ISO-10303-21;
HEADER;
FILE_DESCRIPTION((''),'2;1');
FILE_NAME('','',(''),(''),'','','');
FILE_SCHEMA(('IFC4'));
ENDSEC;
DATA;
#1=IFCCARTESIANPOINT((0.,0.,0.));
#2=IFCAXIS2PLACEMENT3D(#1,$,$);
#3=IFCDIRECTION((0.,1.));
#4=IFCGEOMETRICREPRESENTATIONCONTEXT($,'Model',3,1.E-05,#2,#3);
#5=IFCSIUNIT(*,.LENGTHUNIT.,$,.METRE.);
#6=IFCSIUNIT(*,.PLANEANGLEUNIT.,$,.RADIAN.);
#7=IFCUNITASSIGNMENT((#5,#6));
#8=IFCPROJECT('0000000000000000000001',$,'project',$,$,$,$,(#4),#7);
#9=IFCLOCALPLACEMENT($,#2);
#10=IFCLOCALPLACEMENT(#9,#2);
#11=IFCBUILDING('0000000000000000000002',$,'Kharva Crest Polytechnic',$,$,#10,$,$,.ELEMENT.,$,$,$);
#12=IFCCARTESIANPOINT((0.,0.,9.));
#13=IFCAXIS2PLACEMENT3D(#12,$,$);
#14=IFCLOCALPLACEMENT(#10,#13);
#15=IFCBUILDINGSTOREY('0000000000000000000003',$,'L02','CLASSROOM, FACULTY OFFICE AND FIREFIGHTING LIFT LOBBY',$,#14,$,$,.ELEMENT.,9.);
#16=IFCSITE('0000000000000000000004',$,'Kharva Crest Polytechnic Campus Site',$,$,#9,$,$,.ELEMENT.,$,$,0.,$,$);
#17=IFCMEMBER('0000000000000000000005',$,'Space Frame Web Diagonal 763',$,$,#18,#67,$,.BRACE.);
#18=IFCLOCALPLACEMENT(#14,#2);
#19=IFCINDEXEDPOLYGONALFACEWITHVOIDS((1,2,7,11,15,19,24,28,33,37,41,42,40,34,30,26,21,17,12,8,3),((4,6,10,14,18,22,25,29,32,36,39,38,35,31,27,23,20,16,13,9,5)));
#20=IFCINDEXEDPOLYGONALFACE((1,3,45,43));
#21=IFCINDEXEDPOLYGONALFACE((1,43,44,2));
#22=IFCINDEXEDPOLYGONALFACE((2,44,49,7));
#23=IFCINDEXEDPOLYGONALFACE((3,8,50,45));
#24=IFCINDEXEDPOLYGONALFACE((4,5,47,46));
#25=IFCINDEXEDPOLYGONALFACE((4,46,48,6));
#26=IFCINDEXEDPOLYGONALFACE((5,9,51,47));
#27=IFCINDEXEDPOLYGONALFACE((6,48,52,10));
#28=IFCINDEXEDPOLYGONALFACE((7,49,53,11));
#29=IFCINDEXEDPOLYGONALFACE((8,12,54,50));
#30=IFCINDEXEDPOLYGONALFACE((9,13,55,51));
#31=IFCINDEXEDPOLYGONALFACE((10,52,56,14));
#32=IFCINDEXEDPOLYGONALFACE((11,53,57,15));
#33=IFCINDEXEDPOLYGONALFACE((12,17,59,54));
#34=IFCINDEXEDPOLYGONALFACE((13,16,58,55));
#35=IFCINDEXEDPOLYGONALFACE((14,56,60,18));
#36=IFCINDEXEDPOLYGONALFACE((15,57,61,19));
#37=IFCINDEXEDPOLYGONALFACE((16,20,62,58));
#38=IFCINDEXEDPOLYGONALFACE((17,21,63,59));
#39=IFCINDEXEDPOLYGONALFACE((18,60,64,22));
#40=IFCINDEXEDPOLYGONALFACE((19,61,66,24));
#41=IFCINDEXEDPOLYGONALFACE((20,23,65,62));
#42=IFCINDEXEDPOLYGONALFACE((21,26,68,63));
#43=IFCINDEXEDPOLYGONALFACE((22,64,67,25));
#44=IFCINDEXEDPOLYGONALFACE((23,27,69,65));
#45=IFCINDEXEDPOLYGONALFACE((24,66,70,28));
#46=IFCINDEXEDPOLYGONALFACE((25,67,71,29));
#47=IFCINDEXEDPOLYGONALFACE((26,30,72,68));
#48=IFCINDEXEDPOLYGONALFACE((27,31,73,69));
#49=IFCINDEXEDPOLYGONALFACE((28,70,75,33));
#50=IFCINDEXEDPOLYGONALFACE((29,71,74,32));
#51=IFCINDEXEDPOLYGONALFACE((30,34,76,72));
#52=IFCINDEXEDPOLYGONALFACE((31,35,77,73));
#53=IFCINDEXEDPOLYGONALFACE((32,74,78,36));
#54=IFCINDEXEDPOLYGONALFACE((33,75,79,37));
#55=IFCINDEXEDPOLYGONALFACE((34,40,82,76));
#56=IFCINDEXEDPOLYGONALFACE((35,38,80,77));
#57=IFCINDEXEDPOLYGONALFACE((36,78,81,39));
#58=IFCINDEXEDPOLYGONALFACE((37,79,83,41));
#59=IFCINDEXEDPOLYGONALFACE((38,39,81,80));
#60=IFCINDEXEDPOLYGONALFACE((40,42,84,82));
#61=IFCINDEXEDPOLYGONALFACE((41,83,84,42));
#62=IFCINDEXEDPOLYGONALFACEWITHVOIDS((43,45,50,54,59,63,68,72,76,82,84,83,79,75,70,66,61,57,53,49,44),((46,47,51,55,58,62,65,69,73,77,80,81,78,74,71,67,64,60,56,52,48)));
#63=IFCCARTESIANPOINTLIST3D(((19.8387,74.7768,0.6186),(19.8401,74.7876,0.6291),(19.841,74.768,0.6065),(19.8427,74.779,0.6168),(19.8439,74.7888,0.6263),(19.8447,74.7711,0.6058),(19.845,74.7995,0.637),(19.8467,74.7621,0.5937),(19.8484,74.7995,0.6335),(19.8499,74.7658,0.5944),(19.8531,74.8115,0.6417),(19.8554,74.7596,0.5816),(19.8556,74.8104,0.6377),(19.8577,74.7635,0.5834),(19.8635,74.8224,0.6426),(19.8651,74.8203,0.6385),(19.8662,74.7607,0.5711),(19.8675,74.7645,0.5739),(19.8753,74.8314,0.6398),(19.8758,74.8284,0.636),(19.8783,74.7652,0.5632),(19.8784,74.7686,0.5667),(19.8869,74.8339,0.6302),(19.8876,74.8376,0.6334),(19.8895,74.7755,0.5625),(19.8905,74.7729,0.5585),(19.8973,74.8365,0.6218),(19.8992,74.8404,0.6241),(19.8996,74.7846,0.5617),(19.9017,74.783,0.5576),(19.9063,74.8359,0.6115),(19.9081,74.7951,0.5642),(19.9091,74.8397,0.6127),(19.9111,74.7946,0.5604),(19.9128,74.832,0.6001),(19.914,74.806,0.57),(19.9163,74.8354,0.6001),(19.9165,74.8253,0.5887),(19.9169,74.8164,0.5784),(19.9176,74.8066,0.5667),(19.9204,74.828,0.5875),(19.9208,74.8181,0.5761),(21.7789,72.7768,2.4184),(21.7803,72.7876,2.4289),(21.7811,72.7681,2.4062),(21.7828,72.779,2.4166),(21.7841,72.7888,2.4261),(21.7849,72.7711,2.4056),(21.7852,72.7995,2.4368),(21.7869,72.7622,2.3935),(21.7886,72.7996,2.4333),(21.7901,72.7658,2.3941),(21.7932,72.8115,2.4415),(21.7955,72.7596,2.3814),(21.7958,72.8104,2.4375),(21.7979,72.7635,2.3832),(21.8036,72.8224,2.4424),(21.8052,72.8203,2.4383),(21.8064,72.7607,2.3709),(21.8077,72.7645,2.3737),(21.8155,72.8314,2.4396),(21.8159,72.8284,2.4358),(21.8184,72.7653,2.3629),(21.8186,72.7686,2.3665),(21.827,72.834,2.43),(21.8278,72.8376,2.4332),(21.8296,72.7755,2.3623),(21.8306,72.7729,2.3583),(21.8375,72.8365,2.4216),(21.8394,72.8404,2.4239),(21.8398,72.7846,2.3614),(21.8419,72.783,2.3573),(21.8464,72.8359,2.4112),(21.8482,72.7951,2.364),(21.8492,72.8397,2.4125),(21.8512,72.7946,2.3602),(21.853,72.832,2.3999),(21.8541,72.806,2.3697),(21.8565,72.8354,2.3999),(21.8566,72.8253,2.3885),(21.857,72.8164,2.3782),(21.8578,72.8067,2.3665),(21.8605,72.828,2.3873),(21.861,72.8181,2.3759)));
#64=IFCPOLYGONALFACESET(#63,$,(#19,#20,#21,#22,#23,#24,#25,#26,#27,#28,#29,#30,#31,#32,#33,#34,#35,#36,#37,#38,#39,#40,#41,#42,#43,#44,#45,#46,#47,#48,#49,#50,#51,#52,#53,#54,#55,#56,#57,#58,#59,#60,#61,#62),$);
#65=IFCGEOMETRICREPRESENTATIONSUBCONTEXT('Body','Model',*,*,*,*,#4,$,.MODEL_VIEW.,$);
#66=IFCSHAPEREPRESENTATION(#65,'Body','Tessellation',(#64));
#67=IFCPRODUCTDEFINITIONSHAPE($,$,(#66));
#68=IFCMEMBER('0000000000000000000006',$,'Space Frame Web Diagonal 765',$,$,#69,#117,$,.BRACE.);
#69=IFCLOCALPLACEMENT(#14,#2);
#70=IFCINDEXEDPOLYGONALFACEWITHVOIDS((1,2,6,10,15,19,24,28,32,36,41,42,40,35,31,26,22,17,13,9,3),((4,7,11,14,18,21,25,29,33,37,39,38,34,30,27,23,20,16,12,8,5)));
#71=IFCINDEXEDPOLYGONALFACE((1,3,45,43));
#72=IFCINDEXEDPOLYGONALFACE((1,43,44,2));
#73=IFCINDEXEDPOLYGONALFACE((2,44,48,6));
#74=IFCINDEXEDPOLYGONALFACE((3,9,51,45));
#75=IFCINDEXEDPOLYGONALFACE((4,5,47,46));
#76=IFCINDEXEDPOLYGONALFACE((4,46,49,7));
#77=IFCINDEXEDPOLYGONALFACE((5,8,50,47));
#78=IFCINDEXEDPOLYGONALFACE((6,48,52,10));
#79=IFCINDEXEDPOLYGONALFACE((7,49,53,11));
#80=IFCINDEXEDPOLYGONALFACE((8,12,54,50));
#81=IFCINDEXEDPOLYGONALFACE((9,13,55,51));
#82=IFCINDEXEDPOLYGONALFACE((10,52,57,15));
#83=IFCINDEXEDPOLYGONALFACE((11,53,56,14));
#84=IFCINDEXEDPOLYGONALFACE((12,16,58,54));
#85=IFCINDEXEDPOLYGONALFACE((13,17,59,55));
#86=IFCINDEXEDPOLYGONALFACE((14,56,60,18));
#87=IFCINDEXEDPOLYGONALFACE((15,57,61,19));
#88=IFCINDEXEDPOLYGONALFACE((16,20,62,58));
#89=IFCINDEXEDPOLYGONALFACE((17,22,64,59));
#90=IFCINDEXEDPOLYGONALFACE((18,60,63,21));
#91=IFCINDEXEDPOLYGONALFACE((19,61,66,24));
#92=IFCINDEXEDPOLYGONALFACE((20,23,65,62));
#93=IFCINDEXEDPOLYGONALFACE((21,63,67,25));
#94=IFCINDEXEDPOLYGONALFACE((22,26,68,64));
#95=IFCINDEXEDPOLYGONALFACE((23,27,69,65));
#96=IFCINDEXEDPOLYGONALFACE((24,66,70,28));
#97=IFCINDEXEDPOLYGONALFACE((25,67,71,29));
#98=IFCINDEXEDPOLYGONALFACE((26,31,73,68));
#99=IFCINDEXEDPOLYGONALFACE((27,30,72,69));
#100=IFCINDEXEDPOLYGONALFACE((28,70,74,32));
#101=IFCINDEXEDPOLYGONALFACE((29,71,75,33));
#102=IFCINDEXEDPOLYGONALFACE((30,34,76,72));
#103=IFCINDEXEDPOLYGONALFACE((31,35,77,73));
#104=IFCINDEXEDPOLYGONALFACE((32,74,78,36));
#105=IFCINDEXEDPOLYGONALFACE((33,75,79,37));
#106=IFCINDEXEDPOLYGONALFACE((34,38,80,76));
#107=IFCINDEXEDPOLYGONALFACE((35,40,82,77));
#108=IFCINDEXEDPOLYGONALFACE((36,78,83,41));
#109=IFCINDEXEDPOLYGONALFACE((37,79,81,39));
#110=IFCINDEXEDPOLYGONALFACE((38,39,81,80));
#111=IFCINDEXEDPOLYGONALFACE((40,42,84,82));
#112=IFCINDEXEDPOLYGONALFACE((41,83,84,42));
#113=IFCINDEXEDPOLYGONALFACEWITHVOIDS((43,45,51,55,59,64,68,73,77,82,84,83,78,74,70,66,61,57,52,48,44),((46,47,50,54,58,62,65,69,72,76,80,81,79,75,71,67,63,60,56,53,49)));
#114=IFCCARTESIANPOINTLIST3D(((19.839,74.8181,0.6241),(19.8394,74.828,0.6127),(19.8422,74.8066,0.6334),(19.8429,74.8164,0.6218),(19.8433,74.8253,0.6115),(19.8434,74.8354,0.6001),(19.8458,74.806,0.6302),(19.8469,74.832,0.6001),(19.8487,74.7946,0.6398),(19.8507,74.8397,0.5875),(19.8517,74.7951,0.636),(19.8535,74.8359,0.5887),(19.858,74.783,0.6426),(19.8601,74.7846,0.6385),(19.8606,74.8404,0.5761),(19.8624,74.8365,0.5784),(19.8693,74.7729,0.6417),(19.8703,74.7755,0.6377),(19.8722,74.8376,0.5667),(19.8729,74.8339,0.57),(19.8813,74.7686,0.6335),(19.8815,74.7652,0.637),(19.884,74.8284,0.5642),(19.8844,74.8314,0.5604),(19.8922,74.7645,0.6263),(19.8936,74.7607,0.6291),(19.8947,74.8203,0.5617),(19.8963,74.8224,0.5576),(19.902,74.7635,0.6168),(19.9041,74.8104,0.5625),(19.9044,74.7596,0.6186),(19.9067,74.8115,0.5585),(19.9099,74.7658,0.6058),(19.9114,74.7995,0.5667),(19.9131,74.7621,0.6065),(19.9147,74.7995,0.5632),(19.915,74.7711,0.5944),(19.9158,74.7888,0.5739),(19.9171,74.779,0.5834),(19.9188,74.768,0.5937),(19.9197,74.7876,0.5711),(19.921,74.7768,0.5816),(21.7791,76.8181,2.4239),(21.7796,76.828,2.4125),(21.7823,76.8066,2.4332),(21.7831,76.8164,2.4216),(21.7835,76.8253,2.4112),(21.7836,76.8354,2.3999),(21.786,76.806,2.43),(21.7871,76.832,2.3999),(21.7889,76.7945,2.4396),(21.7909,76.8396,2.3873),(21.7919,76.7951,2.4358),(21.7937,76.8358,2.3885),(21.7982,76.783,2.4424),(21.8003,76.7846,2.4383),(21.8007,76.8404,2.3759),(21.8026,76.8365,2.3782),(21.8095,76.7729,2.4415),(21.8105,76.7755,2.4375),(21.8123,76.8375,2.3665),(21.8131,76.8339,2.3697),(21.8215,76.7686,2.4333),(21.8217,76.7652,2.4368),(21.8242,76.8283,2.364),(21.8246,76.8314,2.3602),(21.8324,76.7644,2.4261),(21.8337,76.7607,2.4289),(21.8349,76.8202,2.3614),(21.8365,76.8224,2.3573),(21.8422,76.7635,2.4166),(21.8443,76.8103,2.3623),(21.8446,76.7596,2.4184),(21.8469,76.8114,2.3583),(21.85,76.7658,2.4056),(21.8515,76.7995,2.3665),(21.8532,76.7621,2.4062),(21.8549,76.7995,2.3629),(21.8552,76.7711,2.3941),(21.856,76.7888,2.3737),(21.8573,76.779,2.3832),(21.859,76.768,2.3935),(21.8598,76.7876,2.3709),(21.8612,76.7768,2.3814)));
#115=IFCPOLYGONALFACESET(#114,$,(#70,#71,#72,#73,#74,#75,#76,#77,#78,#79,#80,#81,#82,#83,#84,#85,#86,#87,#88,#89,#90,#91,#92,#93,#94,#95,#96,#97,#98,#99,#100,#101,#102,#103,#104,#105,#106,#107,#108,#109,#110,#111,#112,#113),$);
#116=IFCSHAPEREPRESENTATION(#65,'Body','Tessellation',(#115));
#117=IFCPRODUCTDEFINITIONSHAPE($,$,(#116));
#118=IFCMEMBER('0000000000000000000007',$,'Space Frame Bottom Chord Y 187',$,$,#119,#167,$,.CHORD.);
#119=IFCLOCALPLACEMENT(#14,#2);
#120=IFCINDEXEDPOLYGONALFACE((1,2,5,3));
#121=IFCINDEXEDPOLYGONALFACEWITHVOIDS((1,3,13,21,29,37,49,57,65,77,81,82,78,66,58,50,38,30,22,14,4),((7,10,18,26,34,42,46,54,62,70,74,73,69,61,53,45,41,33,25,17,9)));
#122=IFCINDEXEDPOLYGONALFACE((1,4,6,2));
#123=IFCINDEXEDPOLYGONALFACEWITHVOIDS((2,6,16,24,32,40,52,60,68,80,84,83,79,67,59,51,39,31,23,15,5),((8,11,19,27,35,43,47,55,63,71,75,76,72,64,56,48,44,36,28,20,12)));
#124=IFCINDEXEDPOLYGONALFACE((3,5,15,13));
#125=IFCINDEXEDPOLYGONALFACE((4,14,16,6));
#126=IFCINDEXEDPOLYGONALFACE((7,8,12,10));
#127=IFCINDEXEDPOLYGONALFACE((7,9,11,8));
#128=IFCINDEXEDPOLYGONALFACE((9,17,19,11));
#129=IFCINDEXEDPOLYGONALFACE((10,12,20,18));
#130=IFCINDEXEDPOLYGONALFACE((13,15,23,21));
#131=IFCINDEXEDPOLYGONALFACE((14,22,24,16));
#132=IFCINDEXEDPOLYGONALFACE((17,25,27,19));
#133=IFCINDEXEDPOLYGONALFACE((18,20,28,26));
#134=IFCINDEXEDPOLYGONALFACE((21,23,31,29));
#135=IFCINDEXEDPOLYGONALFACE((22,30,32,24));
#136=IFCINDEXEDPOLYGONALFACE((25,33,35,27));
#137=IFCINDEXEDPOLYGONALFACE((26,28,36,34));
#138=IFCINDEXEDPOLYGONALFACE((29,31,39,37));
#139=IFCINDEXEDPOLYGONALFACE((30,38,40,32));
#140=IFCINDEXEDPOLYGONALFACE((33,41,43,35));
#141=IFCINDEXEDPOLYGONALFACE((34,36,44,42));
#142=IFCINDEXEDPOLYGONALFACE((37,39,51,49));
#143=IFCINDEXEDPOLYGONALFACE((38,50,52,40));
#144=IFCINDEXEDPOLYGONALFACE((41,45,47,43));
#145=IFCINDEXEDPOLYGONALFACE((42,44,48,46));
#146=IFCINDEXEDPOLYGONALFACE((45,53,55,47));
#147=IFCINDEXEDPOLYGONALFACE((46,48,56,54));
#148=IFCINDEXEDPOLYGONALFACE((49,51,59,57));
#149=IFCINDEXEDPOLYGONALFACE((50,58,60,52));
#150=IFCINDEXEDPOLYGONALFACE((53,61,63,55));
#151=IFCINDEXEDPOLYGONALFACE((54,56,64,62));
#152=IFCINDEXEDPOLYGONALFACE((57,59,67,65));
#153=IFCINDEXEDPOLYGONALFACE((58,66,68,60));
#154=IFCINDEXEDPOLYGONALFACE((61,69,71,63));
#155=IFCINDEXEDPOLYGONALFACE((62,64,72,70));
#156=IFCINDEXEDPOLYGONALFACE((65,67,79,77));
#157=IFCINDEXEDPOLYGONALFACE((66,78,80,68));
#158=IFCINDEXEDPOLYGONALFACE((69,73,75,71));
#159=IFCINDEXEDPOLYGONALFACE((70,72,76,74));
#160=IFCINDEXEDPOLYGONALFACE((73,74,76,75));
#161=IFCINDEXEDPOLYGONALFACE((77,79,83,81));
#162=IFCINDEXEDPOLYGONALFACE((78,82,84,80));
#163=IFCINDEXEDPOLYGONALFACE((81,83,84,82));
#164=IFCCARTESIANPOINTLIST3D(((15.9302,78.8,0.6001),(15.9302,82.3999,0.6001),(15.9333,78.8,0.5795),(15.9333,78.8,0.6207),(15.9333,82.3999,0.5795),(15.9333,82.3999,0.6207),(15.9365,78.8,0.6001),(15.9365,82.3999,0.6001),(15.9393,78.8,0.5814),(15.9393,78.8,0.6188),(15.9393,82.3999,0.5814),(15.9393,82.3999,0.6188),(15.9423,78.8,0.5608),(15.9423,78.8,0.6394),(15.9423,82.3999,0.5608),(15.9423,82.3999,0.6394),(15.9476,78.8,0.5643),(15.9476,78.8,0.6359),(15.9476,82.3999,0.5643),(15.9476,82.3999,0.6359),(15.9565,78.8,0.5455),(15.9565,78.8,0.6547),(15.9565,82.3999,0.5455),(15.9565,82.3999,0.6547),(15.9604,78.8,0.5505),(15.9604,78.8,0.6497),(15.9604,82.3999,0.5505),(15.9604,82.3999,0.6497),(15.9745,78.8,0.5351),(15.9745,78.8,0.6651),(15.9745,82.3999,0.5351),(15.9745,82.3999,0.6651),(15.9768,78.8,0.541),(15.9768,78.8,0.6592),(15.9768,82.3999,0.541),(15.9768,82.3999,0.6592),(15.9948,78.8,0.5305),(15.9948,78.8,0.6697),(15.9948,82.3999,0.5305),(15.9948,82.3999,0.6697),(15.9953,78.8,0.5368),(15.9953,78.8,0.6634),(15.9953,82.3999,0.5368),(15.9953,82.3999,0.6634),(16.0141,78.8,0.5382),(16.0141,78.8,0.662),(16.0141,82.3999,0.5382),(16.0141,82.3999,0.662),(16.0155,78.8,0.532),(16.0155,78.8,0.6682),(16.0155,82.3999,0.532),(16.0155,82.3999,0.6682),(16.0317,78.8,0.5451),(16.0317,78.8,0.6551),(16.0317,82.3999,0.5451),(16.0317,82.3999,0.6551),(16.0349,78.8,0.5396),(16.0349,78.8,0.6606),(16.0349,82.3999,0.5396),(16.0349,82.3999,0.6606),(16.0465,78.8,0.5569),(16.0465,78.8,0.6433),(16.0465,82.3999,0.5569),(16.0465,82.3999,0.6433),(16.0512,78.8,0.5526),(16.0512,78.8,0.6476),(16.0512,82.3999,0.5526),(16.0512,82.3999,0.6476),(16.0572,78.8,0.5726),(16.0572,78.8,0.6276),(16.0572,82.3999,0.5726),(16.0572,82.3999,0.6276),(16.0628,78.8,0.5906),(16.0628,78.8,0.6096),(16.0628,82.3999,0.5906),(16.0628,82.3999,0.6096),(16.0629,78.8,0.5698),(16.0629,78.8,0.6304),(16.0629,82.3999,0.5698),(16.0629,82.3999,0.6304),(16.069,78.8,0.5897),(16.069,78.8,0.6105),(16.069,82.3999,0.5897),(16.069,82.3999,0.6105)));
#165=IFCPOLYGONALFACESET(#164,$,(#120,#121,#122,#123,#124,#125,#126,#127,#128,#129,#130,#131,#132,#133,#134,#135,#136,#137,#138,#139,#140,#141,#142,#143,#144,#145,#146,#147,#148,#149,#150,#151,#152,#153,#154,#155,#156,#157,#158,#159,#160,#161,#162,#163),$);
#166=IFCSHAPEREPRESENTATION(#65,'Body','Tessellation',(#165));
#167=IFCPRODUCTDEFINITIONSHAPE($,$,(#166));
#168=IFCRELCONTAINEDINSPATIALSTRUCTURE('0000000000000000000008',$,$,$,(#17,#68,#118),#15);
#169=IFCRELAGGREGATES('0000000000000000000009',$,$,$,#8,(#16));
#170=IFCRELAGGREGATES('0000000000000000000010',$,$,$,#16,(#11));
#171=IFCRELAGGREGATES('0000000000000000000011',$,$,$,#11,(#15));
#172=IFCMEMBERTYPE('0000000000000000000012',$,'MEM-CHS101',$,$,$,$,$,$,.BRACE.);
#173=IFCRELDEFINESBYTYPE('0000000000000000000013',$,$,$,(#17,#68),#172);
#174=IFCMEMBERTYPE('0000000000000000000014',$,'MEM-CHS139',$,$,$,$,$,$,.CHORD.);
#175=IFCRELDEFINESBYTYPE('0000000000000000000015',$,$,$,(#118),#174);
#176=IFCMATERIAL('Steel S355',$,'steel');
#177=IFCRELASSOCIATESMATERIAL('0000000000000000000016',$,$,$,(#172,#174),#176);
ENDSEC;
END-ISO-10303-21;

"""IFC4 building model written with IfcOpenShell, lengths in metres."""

from ifc_helpers import new_model, si_unit, direction, frame, origin, origin_2d, place, context, subcontext, project, spatial, hollow_circle, extrude, material, material_profile, profile_set, type_object, element, save


model = new_model("IFC4")

# Units and contexts
model_context = context("Model", 3, precision=1e-05, world=origin(), true_north=direction((0.0, 1.0)))
body_context = subcontext(model_context, "Body", "Model", "MODEL_VIEW")
ifc_project = project(units=[si_unit("LENGTHUNIT", "METRE"), si_unit("PLANEANGLEUNIT", "RADIAN")], contexts=[model_context])

# Site, building, storey
site_placement = place(None, origin())
site = spatial("IfcSite", under=ifc_project, at=site_placement, Name="Kharva Crest Polytechnic Campus Site", CompositionType="ELEMENT", RefElevation=0.0)
building_placement = place(site_placement, origin())
building = spatial("IfcBuilding", under=site, at=building_placement, Name="Kharva Crest Polytechnic", CompositionType="ELEMENT")
storey_placement = place(building_placement, frame((0.0, 0.0, 9.0)))
storey = spatial("IfcBuildingStorey", under=building, at=storey_placement, Name="L02", Description="CLASSROOM, FACULTY OFFICE AND FIREFIGHTING LIFT LOBBY", CompositionType="ELEMENT", Elevation=9.0)

# Shared definitions
ifc_material_1 = material(Name="Steel S355", Category="steel")

# Members
ifc_material_profile_1 = material_profile(ifc_material_1, hollow_circle(Radius=0.0508, WallThickness=0.0049, at=origin_2d()), Name="CHS 101.6X5.0")
ifc_profile_set_1 = profile_set([ifc_material_profile_1], Name="Steel S355")
member_type_1 = type_object("IfcMemberType", Name="MEM-CHS101", PredefinedType="BRACE", material=ifc_profile_set_1)
for number, where, z_axis, x_axis, name in (
    (1, (19.8799, 74.8, 0.6001), (0.584892, -0.602924, 0.542572), (0.717758, 0.696292, 0.0), "Space Frame Web Diagonal 763"),
    (2, (19.8799, 74.8, 0.6001), (0.584892, 0.602924, 0.542572), (-0.717758, 0.696292, 0.0), "Space Frame Web Diagonal 765"),
):
    element("IfcMember", number, at=place(storey_placement, frame(where, z_axis=z_axis, x_axis=x_axis)), inside=storey, type_object=member_type_1, Name=name, PredefinedType="BRACE", context=body_context, shape_type="SweptSolid", body=[
        extrude(hollow_circle(Radius=0.0508, WallThickness=0.0049, at=origin_2d()), origin(), (0.0, 0.0, 1.0), 3.3171),
    ])
ifc_material_profile_2 = material_profile(ifc_material_1, hollow_circle(Radius=0.0698, WallThickness=0.0063, at=origin_2d()), Name="CHS 139.7X6.3")
ifc_profile_set_2 = profile_set([ifc_material_profile_2], Name="Steel S355")
member_type_2 = type_object("IfcMemberType", Name="MEM-CHS139", PredefinedType="CHORD", material=ifc_profile_set_2)
member_1_placement = place(storey_placement, frame((16.0, 78.8, 0.6001), z_axis=(0.0, 1.0, 0.0), x_axis=(-1.0, 0.0, 0.0)))
element("IfcMember", 3, at=member_1_placement, inside=storey, type_object=member_type_2, Name="Space Frame Bottom Chord Y 187", PredefinedType="CHORD", context=body_context, shape_type="SweptSolid", body=[
    extrude(hollow_circle(Radius=0.0698, WallThickness=0.0063, at=origin_2d()), origin(), (0.0, 0.0, 1.0), 3.5999),
])

save(model, "model.ifc")
